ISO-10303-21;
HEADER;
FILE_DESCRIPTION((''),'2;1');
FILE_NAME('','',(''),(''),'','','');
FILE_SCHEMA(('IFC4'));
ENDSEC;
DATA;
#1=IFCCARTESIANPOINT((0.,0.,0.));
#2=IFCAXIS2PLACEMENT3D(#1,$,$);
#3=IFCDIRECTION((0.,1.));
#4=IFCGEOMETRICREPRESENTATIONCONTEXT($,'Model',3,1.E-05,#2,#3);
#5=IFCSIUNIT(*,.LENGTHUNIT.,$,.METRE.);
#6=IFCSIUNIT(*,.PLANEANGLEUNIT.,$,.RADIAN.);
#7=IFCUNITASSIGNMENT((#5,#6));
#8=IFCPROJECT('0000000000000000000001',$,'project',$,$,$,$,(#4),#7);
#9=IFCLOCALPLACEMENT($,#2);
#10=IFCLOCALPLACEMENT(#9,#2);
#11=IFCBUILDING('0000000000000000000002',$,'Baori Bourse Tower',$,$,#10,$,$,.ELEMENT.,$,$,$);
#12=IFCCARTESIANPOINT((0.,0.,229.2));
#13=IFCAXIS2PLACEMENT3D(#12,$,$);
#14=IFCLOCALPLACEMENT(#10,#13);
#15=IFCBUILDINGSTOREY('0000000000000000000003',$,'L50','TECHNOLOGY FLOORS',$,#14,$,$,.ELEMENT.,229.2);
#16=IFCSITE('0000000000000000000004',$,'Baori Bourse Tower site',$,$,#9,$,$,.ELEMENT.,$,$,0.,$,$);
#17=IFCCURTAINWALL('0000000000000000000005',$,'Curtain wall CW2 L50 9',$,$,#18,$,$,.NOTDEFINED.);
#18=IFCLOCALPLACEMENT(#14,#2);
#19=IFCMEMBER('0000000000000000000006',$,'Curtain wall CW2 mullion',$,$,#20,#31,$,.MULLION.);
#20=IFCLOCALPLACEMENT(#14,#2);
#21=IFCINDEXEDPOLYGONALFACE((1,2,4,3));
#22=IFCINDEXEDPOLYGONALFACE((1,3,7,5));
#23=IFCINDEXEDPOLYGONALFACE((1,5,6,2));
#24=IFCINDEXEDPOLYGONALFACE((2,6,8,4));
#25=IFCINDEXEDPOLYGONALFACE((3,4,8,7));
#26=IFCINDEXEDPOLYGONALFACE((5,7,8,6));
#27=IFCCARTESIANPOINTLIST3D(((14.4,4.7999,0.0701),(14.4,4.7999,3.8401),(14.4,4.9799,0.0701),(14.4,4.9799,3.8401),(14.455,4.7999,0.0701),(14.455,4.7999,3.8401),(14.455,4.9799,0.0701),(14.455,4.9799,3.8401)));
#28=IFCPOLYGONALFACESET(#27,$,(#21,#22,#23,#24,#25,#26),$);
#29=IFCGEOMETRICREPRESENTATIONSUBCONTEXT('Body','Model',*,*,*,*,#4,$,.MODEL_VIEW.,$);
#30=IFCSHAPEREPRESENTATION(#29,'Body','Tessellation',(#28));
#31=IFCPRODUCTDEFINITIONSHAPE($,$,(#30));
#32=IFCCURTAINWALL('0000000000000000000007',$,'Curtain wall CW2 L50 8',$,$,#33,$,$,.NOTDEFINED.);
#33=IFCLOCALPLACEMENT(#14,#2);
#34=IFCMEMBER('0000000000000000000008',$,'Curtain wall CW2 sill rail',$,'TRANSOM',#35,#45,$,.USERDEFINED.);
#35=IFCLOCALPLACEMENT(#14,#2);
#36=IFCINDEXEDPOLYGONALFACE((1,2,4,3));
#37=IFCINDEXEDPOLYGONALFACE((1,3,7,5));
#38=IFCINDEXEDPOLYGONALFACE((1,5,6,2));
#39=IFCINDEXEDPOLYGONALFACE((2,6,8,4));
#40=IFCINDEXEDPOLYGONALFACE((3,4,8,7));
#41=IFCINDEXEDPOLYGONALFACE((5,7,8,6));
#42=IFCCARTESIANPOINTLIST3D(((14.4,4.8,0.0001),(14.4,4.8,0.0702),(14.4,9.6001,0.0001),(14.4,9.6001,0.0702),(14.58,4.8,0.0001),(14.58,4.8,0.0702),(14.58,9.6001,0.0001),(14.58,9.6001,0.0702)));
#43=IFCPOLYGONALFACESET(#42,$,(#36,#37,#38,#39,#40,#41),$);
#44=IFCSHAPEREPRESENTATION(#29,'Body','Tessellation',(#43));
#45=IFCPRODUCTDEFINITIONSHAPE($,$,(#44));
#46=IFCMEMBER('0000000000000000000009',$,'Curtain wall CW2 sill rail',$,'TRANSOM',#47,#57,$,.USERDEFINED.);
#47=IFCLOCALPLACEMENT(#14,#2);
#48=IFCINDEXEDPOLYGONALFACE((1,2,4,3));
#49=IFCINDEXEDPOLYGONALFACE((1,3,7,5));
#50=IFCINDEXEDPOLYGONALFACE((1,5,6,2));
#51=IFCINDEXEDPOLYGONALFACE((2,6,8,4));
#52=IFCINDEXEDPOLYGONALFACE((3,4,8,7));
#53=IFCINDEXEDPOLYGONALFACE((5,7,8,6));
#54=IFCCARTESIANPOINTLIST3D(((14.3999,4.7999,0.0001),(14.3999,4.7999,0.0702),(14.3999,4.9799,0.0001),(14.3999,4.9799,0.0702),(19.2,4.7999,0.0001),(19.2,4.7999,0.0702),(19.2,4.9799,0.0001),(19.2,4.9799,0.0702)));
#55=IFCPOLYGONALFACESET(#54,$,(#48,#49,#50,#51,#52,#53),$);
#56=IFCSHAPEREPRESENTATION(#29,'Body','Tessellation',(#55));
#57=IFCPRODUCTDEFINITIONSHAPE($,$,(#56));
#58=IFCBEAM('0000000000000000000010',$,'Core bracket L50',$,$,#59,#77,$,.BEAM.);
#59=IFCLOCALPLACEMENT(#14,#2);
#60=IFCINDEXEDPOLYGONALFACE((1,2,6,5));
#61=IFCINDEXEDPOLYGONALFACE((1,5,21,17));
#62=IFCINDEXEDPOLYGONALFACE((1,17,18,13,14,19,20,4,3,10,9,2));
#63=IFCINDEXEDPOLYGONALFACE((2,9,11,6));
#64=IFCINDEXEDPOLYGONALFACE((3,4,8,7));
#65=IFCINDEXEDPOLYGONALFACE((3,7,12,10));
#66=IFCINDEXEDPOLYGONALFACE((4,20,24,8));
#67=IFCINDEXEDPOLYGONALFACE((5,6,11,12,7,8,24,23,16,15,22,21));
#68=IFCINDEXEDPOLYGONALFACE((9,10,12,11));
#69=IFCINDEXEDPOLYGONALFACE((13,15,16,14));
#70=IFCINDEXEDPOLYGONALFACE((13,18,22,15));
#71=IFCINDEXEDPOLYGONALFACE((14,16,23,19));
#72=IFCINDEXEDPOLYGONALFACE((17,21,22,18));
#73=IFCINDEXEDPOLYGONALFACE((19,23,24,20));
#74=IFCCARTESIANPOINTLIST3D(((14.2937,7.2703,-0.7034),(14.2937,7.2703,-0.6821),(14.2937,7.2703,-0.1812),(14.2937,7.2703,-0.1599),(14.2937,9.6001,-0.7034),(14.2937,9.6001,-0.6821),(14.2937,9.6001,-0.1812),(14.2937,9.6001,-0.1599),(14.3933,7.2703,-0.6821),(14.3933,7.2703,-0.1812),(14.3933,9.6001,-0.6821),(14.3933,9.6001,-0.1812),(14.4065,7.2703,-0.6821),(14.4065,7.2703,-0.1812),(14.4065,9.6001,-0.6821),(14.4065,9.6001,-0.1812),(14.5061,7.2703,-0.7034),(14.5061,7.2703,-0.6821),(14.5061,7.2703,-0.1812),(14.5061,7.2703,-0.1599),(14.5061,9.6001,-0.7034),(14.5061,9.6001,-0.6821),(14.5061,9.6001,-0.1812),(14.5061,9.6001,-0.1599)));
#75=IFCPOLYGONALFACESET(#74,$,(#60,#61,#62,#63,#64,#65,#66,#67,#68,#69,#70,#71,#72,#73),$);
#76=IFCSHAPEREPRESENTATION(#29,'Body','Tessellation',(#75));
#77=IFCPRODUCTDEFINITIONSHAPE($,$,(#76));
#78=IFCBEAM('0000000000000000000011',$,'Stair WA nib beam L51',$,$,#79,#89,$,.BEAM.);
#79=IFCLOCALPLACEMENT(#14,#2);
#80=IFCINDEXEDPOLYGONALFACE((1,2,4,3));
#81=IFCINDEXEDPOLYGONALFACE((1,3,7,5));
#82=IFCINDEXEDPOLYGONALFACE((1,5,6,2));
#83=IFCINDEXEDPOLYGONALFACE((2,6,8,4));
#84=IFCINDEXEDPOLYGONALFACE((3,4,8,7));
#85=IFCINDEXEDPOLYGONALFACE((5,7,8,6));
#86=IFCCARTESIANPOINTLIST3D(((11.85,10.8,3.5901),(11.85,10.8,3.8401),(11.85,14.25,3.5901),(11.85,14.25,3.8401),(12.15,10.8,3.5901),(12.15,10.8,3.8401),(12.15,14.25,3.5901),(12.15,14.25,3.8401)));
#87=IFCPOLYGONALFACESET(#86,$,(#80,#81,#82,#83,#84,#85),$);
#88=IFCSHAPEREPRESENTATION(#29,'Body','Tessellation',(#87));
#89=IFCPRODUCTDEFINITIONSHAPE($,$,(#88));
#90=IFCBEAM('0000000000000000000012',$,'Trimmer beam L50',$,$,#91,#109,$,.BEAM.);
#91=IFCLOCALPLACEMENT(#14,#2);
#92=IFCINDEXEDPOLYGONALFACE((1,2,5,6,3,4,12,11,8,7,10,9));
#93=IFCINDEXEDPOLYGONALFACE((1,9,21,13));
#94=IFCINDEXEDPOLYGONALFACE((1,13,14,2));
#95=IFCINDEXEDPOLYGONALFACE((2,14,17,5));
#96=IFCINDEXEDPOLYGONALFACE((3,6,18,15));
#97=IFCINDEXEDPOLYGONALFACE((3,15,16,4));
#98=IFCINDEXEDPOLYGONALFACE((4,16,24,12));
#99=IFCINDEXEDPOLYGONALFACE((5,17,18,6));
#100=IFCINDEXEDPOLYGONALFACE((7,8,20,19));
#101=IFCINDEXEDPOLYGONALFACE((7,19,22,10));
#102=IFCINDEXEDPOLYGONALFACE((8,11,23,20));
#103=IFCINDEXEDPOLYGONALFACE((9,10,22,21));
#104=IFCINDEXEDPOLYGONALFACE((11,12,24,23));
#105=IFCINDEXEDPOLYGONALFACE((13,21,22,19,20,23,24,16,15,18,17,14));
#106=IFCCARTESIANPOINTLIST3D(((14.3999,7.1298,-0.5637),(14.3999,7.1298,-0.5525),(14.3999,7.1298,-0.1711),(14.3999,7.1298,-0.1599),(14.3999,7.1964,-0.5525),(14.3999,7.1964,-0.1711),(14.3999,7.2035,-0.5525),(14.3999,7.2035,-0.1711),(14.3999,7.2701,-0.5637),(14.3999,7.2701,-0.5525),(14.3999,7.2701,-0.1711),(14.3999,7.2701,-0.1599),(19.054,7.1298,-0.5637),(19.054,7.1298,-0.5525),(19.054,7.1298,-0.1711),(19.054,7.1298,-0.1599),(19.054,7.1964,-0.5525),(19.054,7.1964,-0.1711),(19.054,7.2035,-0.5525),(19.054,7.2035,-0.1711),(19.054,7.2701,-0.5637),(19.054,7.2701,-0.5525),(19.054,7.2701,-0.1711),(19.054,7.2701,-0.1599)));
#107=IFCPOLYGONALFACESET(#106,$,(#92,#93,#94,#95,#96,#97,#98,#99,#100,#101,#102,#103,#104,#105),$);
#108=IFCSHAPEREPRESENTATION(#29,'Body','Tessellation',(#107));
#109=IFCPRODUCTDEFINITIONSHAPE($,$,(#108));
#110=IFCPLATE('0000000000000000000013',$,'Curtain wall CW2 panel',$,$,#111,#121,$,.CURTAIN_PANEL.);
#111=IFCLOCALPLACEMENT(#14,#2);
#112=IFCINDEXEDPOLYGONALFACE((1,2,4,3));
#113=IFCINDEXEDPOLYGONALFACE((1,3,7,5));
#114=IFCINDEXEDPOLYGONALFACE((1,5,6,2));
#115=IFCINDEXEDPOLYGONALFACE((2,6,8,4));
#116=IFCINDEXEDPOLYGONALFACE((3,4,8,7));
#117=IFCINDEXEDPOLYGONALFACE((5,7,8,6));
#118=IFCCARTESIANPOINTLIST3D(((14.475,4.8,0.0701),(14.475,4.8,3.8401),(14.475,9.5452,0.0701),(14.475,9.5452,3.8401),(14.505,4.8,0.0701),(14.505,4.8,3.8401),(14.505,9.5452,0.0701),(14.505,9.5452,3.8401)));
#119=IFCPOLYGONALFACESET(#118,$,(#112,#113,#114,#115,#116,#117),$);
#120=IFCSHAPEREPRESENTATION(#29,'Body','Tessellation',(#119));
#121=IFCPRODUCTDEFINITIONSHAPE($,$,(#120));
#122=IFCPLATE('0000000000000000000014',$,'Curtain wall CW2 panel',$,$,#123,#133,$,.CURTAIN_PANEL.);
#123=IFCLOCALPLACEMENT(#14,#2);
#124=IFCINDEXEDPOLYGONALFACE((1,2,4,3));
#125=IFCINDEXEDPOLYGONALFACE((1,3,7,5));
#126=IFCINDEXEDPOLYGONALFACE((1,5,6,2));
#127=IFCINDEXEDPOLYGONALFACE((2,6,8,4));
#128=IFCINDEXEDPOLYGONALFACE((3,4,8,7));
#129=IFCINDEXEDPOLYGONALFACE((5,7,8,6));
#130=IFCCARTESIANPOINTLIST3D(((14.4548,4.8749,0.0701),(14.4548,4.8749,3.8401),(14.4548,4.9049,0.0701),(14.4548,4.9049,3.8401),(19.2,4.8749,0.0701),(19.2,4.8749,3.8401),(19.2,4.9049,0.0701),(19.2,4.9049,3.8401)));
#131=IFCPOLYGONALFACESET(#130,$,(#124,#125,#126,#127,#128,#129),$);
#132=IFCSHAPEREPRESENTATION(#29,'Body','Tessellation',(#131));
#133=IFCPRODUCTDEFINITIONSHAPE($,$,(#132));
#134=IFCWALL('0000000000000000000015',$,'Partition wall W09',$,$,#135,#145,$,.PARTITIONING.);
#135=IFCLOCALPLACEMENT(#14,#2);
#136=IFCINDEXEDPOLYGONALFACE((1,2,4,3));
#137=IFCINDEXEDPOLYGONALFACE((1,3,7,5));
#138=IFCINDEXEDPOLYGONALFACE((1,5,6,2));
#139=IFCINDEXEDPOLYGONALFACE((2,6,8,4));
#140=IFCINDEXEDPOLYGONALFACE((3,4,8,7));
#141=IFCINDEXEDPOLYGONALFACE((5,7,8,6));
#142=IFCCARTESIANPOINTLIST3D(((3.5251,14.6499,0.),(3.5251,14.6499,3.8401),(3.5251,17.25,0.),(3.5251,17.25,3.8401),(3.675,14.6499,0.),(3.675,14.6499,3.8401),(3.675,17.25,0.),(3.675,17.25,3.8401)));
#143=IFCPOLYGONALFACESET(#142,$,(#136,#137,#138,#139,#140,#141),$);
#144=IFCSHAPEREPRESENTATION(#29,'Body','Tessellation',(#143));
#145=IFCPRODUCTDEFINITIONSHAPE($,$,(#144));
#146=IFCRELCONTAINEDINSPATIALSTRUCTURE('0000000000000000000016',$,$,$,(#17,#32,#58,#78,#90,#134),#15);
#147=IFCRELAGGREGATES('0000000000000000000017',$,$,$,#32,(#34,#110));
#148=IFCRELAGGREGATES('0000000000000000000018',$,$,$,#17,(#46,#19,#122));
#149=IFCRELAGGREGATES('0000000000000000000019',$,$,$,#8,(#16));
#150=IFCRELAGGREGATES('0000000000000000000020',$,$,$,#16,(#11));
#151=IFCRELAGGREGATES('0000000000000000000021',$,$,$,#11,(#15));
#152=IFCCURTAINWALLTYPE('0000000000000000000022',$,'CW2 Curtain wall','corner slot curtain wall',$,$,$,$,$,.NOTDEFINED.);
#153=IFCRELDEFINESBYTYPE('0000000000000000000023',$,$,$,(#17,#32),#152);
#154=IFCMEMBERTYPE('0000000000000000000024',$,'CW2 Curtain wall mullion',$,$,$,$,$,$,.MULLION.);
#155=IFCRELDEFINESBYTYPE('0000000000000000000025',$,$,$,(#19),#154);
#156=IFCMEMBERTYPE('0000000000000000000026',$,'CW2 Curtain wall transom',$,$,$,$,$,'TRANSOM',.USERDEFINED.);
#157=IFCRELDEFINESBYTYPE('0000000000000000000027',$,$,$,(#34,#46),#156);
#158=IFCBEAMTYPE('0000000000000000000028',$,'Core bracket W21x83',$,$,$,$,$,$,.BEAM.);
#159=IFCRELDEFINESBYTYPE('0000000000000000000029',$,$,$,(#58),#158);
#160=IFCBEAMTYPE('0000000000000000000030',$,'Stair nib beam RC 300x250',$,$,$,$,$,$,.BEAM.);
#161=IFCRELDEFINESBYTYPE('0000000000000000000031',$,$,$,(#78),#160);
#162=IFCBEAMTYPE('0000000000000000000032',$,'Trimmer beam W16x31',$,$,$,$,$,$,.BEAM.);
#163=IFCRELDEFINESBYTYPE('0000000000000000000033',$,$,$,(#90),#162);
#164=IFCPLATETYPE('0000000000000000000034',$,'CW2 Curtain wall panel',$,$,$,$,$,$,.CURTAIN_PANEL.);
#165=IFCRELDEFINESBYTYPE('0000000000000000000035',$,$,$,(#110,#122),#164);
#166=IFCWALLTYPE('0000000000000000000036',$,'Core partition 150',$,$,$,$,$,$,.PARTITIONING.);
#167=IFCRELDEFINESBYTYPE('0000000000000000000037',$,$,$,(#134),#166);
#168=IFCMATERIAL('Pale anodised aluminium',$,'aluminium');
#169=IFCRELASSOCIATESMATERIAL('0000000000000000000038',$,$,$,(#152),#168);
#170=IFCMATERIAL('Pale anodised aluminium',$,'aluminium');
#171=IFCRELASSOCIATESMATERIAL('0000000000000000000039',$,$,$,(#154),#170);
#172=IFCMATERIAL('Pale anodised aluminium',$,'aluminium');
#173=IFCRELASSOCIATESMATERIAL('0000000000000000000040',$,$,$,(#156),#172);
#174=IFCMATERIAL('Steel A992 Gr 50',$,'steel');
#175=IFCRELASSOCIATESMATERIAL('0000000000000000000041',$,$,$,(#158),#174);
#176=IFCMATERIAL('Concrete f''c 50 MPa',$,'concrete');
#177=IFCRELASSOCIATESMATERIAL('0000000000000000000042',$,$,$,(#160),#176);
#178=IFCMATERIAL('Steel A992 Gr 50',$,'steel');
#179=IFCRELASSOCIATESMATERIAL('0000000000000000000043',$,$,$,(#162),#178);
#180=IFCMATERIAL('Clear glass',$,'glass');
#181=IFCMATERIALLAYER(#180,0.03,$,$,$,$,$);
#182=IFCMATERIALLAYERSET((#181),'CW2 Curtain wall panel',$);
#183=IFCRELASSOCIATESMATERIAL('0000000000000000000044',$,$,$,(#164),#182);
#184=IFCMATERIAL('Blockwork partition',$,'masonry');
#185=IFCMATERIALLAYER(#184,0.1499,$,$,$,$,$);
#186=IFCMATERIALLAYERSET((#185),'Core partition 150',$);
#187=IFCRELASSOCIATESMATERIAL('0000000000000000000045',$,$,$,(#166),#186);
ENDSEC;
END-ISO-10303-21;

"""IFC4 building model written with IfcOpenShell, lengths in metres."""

from ifc_helpers import new_model, si_unit, direction, frame, frame_2d, origin, origin_2d, place, context, subcontext, project, spatial, rectangle, i_section, extrude, material, layer, layer_set, material_profile, profile_set, type_object, element, aggregate, save


model = new_model("IFC4")

# Units and contexts
model_context = context("Model", 3, precision=1e-05, world=origin(), true_north=direction((0.0, 1.0)))
body_context = subcontext(model_context, "Body", "Model", "MODEL_VIEW")
ifc_project = project(units=[si_unit("LENGTHUNIT", "METRE"), si_unit("PLANEANGLEUNIT", "RADIAN")], contexts=[model_context])

# Site, building, storey
site_placement = place(None, origin())
site = spatial("IfcSite", under=ifc_project, at=site_placement, Name="Baori Bourse Tower site", CompositionType="ELEMENT", RefElevation=0.0)
building_placement = place(site_placement, origin())
building = spatial("IfcBuilding", under=site, at=building_placement, Name="Baori Bourse Tower", CompositionType="ELEMENT")
storey_placement = place(building_placement, frame((0.0, 0.0, 229.2)))
storey = spatial("IfcBuildingStorey", under=building, at=storey_placement, Name="L50", Description="TECHNOLOGY FLOORS", CompositionType="ELEMENT", Elevation=229.2)

# Curtain walls, members
ifc_material_1 = material(Name="Pale anodised aluminium", Category="aluminium")
curtain_wall_type = type_object("IfcCurtainWallType", Name="CW2 Curtain wall", Description="corner slot curtain wall", PredefinedType="NOTDEFINED", material=ifc_material_1)
curtain_wall_1_placement = place(storey_placement, origin())
curtain_wall_1 = element("IfcCurtainWall", 1, at=curtain_wall_1_placement, inside=storey, type_object=curtain_wall_type, Name="Curtain wall CW2 L50 9", PredefinedType="NOTDEFINED")
ifc_material_2 = material(Name="Pale anodised aluminium", Category="aluminium")
ifc_material_profile_1 = material_profile(ifc_material_2, rectangle(XDim=0.1799, YDim=0.0549, at=origin_2d()), Name="Mullion 55x180")
ifc_profile_set_1 = profile_set([ifc_material_profile_1], Name="Pale anodised aluminium")
member_type_1 = type_object("IfcMemberType", Name="CW2 Curtain wall mullion", PredefinedType="MULLION", material=ifc_profile_set_1)
member_1_placement = place(storey_placement, frame((14.4275, 4.8899, 0.0701), z_axis=(0.0, 0.0, 1.0), x_axis=(0.0, 1.0, 0.0)))
member_1 = element("IfcMember", 2, at=member_1_placement, type_object=member_type_1, Name="Curtain wall CW2 mullion", PredefinedType="MULLION", context=body_context, shape_type="SweptSolid", body=[
    extrude(rectangle(XDim=0.1799, YDim=0.0549, at=origin_2d()), origin(), (0.0, 0.0, 1.0), 3.77),
])
curtain_wall_2_placement = place(storey_placement, origin())
curtain_wall_2 = element("IfcCurtainWall", 3, at=curtain_wall_2_placement, inside=storey, type_object=curtain_wall_type, Name="Curtain wall CW2 L50 8", PredefinedType="NOTDEFINED")
ifc_material_3 = material(Name="Pale anodised aluminium", Category="aluminium")
ifc_material_profile_2 = material_profile(ifc_material_3, rectangle(XDim=0.1799, YDim=0.0701, at=origin_2d()), Name="Transom 70x180")
ifc_profile_set_2 = profile_set([ifc_material_profile_2], Name="Pale anodised aluminium")
member_type_2 = type_object("IfcMemberType", Name="CW2 Curtain wall transom", ElementType="TRANSOM", PredefinedType="USERDEFINED", material=ifc_profile_set_2)
member_2_placement = place(storey_placement, frame((14.49, 9.6001, 0.0352), z_axis=(0.0, -1.0, 0.0), x_axis=(1.0, 0.0, 0.0)))
member_2 = element("IfcMember", 4, at=member_2_placement, type_object=member_type_2, Name="Curtain wall CW2 sill rail", ObjectType="TRANSOM", PredefinedType="USERDEFINED", context=body_context, shape_type="SweptSolid", body=[
    extrude(rectangle(XDim=0.1799, YDim=0.0701, at=origin_2d()), origin(), (0.0, 0.0, 1.0), 4.8),
])

# Member
member_3_placement = place(storey_placement, frame((14.3999, 4.8899, 0.0352), z_axis=(1.0, 0.0, 0.0), x_axis=(0.0, 1.0, 0.0)))
member_3 = element("IfcMember", 5, at=member_3_placement, type_object=member_type_2, Name="Curtain wall CW2 sill rail", ObjectType="TRANSOM", PredefinedType="USERDEFINED", context=body_context, shape_type="SweptSolid", body=[
    extrude(rectangle(XDim=0.1799, YDim=0.0701, at=origin_2d()), origin(), (0.0, 0.0, 1.0), 4.8),
])

# Beams
ifc_material_4 = material(Name="Steel A992 Gr 50", Category="steel")
ifc_material_profile_3 = material_profile(ifc_material_4, i_section(OverallWidth=0.2124, OverallDepth=0.5435, WebThickness=0.0132, FlangeThickness=0.0212, at=origin_2d()), Name="W21x83")
ifc_profile_set_3 = profile_set([ifc_material_profile_3], Name="Steel A992 Gr 50")
beam_type_1 = type_object("IfcBeamType", Name="Core bracket W21x83", PredefinedType="BEAM", material=ifc_profile_set_3)
beam_1_placement = place(storey_placement, frame((14.3999, 7.2703, -0.4316), z_axis=(0.0, 1.0, 0.0), x_axis=(-1.0, 0.0, 0.0)))
element("IfcBeam", 6, at=beam_1_placement, inside=storey, type_object=beam_type_1, Name="Core bracket L50", PredefinedType="BEAM", context=body_context, shape_type="SweptSolid", body=[
    extrude(i_section(OverallWidth=0.2124, OverallDepth=0.5435, WebThickness=0.0132, FlangeThickness=0.0212, at=origin_2d()), origin(), (0.0, 0.0, 1.0), 2.3298),
])
ifc_material_5 = material(Name="Concrete f'c 50 MPa", Category="concrete")
ifc_material_profile_4 = material_profile(ifc_material_5, rectangle(XDim=0.3, YDim=0.25, at=origin_2d()), Name="RC 300x250")
ifc_profile_set_4 = profile_set([ifc_material_profile_4], Name="Concrete f'c 50 MPa")
beam_type_2 = type_object("IfcBeamType", Name="Stair nib beam RC 300x250", PredefinedType="BEAM", material=ifc_profile_set_4)
beam_2_placement = place(storey_placement, frame((12.0, 10.8, 3.7151), z_axis=(0.0, 1.0, 0.0), x_axis=(-1.0, 0.0, 0.0)))
element("IfcBeam", 7, at=beam_2_placement, inside=storey, type_object=beam_type_2, Name="Stair WA nib beam L51", PredefinedType="BEAM", context=body_context, shape_type="SweptSolid", body=[
    extrude(rectangle(XDim=0.3, YDim=0.25, at=origin_2d()), origin(), (0.0, 0.0, 1.0), 3.45),
])
ifc_material_6 = material(Name="Steel A992 Gr 50", Category="steel")
ifc_material_profile_5 = material_profile(ifc_material_6, i_section(OverallWidth=0.1404, OverallDepth=0.4038, WebThickness=0.0071, FlangeThickness=0.0112, at=origin_2d()), Name="W16x31")
ifc_profile_set_5 = profile_set([ifc_material_profile_5], Name="Steel A992 Gr 50")
beam_type_3 = type_object("IfcBeamType", Name="Trimmer beam W16x31", PredefinedType="BEAM", material=ifc_profile_set_5)
beam_3_placement = place(storey_placement, frame((14.3999, 7.2, -0.3618), z_axis=(1.0, 0.0, 0.0), x_axis=(0.0, 1.0, 0.0)))
element("IfcBeam", 8, at=beam_3_placement, inside=storey, type_object=beam_type_3, Name="Trimmer beam L50", PredefinedType="BEAM", context=body_context, shape_type="SweptSolid", body=[
    extrude(i_section(OverallWidth=0.1404, OverallDepth=0.4038, WebThickness=0.0071, FlangeThickness=0.0112, at=origin_2d()), origin(), (0.0, 0.0, 1.0), 4.6541),
])

# Plates
ifc_material_7 = material(Name="Clear glass", Category="glass")
ifc_layer_1 = layer(ifc_material_7, 0.03)
ifc_layer_set_1 = layer_set([ifc_layer_1], Name="CW2 Curtain wall panel")
plate_type = type_object("IfcPlateType", Name="CW2 Curtain wall panel", PredefinedType="CURTAIN_PANEL", material=ifc_layer_set_1)
plate_1_placement = place(storey_placement, frame((14.49, 7.1726, 0.0701), z_axis=(0.0, 0.0, 1.0), x_axis=(0.0, -1.0, 0.0)))
plate_1 = element("IfcPlate", 9, at=plate_1_placement, type_object=plate_type, Name="Curtain wall CW2 panel", PredefinedType="CURTAIN_PANEL", context=body_context, shape_type="SweptSolid", body=[
    extrude(rectangle(XDim=4.7451, YDim=0.03, at=origin_2d()), origin(), (0.0, 0.0, 1.0), 3.77),
])
aggregate(curtain_wall_2, [member_2, plate_1])
plate_2_placement = place(storey_placement, frame((16.8274, 4.8899, 0.0701), z_axis=(0.0, 0.0, 1.0), x_axis=(1.0, 0.0, 0.0)))
plate_2 = element("IfcPlate", 10, at=plate_2_placement, type_object=plate_type, Name="Curtain wall CW2 panel", PredefinedType="CURTAIN_PANEL", context=body_context, shape_type="SweptSolid", body=[
    extrude(rectangle(XDim=4.7451, YDim=0.03, at=origin_2d()), origin(), (0.0, 0.0, 1.0), 3.77),
])
aggregate(curtain_wall_1, [member_3, member_1, plate_2])

# Wall
ifc_material_8 = material(Name="Blockwork partition", Category="masonry")
ifc_layer_2 = layer(ifc_material_8, 0.1499)
ifc_layer_set_2 = layer_set([ifc_layer_2], Name="Core partition 150")
wall_type_1 = type_object("IfcWallType", Name="Core partition 150", PredefinedType="PARTITIONING", material=ifc_layer_set_2)
wall_1_placement = place(storey_placement, frame((3.6001, 14.6499, 0.0), z_axis=(0.0, 0.0, 1.0), x_axis=(0.0, 1.0, 0.0)))
element("IfcWall", 11, at=wall_1_placement, inside=storey, type_object=wall_type_1, Name="Partition wall W09", PredefinedType="PARTITIONING", context=body_context, shape_type="SweptSolid", body=[
    extrude(rectangle(XDim=2.6001, YDim=0.1499, at=frame_2d((1.3, 0.0))), origin(), (0.0, 0.0, 1.0), 3.8401),
])

save(model, "model.ifc")
